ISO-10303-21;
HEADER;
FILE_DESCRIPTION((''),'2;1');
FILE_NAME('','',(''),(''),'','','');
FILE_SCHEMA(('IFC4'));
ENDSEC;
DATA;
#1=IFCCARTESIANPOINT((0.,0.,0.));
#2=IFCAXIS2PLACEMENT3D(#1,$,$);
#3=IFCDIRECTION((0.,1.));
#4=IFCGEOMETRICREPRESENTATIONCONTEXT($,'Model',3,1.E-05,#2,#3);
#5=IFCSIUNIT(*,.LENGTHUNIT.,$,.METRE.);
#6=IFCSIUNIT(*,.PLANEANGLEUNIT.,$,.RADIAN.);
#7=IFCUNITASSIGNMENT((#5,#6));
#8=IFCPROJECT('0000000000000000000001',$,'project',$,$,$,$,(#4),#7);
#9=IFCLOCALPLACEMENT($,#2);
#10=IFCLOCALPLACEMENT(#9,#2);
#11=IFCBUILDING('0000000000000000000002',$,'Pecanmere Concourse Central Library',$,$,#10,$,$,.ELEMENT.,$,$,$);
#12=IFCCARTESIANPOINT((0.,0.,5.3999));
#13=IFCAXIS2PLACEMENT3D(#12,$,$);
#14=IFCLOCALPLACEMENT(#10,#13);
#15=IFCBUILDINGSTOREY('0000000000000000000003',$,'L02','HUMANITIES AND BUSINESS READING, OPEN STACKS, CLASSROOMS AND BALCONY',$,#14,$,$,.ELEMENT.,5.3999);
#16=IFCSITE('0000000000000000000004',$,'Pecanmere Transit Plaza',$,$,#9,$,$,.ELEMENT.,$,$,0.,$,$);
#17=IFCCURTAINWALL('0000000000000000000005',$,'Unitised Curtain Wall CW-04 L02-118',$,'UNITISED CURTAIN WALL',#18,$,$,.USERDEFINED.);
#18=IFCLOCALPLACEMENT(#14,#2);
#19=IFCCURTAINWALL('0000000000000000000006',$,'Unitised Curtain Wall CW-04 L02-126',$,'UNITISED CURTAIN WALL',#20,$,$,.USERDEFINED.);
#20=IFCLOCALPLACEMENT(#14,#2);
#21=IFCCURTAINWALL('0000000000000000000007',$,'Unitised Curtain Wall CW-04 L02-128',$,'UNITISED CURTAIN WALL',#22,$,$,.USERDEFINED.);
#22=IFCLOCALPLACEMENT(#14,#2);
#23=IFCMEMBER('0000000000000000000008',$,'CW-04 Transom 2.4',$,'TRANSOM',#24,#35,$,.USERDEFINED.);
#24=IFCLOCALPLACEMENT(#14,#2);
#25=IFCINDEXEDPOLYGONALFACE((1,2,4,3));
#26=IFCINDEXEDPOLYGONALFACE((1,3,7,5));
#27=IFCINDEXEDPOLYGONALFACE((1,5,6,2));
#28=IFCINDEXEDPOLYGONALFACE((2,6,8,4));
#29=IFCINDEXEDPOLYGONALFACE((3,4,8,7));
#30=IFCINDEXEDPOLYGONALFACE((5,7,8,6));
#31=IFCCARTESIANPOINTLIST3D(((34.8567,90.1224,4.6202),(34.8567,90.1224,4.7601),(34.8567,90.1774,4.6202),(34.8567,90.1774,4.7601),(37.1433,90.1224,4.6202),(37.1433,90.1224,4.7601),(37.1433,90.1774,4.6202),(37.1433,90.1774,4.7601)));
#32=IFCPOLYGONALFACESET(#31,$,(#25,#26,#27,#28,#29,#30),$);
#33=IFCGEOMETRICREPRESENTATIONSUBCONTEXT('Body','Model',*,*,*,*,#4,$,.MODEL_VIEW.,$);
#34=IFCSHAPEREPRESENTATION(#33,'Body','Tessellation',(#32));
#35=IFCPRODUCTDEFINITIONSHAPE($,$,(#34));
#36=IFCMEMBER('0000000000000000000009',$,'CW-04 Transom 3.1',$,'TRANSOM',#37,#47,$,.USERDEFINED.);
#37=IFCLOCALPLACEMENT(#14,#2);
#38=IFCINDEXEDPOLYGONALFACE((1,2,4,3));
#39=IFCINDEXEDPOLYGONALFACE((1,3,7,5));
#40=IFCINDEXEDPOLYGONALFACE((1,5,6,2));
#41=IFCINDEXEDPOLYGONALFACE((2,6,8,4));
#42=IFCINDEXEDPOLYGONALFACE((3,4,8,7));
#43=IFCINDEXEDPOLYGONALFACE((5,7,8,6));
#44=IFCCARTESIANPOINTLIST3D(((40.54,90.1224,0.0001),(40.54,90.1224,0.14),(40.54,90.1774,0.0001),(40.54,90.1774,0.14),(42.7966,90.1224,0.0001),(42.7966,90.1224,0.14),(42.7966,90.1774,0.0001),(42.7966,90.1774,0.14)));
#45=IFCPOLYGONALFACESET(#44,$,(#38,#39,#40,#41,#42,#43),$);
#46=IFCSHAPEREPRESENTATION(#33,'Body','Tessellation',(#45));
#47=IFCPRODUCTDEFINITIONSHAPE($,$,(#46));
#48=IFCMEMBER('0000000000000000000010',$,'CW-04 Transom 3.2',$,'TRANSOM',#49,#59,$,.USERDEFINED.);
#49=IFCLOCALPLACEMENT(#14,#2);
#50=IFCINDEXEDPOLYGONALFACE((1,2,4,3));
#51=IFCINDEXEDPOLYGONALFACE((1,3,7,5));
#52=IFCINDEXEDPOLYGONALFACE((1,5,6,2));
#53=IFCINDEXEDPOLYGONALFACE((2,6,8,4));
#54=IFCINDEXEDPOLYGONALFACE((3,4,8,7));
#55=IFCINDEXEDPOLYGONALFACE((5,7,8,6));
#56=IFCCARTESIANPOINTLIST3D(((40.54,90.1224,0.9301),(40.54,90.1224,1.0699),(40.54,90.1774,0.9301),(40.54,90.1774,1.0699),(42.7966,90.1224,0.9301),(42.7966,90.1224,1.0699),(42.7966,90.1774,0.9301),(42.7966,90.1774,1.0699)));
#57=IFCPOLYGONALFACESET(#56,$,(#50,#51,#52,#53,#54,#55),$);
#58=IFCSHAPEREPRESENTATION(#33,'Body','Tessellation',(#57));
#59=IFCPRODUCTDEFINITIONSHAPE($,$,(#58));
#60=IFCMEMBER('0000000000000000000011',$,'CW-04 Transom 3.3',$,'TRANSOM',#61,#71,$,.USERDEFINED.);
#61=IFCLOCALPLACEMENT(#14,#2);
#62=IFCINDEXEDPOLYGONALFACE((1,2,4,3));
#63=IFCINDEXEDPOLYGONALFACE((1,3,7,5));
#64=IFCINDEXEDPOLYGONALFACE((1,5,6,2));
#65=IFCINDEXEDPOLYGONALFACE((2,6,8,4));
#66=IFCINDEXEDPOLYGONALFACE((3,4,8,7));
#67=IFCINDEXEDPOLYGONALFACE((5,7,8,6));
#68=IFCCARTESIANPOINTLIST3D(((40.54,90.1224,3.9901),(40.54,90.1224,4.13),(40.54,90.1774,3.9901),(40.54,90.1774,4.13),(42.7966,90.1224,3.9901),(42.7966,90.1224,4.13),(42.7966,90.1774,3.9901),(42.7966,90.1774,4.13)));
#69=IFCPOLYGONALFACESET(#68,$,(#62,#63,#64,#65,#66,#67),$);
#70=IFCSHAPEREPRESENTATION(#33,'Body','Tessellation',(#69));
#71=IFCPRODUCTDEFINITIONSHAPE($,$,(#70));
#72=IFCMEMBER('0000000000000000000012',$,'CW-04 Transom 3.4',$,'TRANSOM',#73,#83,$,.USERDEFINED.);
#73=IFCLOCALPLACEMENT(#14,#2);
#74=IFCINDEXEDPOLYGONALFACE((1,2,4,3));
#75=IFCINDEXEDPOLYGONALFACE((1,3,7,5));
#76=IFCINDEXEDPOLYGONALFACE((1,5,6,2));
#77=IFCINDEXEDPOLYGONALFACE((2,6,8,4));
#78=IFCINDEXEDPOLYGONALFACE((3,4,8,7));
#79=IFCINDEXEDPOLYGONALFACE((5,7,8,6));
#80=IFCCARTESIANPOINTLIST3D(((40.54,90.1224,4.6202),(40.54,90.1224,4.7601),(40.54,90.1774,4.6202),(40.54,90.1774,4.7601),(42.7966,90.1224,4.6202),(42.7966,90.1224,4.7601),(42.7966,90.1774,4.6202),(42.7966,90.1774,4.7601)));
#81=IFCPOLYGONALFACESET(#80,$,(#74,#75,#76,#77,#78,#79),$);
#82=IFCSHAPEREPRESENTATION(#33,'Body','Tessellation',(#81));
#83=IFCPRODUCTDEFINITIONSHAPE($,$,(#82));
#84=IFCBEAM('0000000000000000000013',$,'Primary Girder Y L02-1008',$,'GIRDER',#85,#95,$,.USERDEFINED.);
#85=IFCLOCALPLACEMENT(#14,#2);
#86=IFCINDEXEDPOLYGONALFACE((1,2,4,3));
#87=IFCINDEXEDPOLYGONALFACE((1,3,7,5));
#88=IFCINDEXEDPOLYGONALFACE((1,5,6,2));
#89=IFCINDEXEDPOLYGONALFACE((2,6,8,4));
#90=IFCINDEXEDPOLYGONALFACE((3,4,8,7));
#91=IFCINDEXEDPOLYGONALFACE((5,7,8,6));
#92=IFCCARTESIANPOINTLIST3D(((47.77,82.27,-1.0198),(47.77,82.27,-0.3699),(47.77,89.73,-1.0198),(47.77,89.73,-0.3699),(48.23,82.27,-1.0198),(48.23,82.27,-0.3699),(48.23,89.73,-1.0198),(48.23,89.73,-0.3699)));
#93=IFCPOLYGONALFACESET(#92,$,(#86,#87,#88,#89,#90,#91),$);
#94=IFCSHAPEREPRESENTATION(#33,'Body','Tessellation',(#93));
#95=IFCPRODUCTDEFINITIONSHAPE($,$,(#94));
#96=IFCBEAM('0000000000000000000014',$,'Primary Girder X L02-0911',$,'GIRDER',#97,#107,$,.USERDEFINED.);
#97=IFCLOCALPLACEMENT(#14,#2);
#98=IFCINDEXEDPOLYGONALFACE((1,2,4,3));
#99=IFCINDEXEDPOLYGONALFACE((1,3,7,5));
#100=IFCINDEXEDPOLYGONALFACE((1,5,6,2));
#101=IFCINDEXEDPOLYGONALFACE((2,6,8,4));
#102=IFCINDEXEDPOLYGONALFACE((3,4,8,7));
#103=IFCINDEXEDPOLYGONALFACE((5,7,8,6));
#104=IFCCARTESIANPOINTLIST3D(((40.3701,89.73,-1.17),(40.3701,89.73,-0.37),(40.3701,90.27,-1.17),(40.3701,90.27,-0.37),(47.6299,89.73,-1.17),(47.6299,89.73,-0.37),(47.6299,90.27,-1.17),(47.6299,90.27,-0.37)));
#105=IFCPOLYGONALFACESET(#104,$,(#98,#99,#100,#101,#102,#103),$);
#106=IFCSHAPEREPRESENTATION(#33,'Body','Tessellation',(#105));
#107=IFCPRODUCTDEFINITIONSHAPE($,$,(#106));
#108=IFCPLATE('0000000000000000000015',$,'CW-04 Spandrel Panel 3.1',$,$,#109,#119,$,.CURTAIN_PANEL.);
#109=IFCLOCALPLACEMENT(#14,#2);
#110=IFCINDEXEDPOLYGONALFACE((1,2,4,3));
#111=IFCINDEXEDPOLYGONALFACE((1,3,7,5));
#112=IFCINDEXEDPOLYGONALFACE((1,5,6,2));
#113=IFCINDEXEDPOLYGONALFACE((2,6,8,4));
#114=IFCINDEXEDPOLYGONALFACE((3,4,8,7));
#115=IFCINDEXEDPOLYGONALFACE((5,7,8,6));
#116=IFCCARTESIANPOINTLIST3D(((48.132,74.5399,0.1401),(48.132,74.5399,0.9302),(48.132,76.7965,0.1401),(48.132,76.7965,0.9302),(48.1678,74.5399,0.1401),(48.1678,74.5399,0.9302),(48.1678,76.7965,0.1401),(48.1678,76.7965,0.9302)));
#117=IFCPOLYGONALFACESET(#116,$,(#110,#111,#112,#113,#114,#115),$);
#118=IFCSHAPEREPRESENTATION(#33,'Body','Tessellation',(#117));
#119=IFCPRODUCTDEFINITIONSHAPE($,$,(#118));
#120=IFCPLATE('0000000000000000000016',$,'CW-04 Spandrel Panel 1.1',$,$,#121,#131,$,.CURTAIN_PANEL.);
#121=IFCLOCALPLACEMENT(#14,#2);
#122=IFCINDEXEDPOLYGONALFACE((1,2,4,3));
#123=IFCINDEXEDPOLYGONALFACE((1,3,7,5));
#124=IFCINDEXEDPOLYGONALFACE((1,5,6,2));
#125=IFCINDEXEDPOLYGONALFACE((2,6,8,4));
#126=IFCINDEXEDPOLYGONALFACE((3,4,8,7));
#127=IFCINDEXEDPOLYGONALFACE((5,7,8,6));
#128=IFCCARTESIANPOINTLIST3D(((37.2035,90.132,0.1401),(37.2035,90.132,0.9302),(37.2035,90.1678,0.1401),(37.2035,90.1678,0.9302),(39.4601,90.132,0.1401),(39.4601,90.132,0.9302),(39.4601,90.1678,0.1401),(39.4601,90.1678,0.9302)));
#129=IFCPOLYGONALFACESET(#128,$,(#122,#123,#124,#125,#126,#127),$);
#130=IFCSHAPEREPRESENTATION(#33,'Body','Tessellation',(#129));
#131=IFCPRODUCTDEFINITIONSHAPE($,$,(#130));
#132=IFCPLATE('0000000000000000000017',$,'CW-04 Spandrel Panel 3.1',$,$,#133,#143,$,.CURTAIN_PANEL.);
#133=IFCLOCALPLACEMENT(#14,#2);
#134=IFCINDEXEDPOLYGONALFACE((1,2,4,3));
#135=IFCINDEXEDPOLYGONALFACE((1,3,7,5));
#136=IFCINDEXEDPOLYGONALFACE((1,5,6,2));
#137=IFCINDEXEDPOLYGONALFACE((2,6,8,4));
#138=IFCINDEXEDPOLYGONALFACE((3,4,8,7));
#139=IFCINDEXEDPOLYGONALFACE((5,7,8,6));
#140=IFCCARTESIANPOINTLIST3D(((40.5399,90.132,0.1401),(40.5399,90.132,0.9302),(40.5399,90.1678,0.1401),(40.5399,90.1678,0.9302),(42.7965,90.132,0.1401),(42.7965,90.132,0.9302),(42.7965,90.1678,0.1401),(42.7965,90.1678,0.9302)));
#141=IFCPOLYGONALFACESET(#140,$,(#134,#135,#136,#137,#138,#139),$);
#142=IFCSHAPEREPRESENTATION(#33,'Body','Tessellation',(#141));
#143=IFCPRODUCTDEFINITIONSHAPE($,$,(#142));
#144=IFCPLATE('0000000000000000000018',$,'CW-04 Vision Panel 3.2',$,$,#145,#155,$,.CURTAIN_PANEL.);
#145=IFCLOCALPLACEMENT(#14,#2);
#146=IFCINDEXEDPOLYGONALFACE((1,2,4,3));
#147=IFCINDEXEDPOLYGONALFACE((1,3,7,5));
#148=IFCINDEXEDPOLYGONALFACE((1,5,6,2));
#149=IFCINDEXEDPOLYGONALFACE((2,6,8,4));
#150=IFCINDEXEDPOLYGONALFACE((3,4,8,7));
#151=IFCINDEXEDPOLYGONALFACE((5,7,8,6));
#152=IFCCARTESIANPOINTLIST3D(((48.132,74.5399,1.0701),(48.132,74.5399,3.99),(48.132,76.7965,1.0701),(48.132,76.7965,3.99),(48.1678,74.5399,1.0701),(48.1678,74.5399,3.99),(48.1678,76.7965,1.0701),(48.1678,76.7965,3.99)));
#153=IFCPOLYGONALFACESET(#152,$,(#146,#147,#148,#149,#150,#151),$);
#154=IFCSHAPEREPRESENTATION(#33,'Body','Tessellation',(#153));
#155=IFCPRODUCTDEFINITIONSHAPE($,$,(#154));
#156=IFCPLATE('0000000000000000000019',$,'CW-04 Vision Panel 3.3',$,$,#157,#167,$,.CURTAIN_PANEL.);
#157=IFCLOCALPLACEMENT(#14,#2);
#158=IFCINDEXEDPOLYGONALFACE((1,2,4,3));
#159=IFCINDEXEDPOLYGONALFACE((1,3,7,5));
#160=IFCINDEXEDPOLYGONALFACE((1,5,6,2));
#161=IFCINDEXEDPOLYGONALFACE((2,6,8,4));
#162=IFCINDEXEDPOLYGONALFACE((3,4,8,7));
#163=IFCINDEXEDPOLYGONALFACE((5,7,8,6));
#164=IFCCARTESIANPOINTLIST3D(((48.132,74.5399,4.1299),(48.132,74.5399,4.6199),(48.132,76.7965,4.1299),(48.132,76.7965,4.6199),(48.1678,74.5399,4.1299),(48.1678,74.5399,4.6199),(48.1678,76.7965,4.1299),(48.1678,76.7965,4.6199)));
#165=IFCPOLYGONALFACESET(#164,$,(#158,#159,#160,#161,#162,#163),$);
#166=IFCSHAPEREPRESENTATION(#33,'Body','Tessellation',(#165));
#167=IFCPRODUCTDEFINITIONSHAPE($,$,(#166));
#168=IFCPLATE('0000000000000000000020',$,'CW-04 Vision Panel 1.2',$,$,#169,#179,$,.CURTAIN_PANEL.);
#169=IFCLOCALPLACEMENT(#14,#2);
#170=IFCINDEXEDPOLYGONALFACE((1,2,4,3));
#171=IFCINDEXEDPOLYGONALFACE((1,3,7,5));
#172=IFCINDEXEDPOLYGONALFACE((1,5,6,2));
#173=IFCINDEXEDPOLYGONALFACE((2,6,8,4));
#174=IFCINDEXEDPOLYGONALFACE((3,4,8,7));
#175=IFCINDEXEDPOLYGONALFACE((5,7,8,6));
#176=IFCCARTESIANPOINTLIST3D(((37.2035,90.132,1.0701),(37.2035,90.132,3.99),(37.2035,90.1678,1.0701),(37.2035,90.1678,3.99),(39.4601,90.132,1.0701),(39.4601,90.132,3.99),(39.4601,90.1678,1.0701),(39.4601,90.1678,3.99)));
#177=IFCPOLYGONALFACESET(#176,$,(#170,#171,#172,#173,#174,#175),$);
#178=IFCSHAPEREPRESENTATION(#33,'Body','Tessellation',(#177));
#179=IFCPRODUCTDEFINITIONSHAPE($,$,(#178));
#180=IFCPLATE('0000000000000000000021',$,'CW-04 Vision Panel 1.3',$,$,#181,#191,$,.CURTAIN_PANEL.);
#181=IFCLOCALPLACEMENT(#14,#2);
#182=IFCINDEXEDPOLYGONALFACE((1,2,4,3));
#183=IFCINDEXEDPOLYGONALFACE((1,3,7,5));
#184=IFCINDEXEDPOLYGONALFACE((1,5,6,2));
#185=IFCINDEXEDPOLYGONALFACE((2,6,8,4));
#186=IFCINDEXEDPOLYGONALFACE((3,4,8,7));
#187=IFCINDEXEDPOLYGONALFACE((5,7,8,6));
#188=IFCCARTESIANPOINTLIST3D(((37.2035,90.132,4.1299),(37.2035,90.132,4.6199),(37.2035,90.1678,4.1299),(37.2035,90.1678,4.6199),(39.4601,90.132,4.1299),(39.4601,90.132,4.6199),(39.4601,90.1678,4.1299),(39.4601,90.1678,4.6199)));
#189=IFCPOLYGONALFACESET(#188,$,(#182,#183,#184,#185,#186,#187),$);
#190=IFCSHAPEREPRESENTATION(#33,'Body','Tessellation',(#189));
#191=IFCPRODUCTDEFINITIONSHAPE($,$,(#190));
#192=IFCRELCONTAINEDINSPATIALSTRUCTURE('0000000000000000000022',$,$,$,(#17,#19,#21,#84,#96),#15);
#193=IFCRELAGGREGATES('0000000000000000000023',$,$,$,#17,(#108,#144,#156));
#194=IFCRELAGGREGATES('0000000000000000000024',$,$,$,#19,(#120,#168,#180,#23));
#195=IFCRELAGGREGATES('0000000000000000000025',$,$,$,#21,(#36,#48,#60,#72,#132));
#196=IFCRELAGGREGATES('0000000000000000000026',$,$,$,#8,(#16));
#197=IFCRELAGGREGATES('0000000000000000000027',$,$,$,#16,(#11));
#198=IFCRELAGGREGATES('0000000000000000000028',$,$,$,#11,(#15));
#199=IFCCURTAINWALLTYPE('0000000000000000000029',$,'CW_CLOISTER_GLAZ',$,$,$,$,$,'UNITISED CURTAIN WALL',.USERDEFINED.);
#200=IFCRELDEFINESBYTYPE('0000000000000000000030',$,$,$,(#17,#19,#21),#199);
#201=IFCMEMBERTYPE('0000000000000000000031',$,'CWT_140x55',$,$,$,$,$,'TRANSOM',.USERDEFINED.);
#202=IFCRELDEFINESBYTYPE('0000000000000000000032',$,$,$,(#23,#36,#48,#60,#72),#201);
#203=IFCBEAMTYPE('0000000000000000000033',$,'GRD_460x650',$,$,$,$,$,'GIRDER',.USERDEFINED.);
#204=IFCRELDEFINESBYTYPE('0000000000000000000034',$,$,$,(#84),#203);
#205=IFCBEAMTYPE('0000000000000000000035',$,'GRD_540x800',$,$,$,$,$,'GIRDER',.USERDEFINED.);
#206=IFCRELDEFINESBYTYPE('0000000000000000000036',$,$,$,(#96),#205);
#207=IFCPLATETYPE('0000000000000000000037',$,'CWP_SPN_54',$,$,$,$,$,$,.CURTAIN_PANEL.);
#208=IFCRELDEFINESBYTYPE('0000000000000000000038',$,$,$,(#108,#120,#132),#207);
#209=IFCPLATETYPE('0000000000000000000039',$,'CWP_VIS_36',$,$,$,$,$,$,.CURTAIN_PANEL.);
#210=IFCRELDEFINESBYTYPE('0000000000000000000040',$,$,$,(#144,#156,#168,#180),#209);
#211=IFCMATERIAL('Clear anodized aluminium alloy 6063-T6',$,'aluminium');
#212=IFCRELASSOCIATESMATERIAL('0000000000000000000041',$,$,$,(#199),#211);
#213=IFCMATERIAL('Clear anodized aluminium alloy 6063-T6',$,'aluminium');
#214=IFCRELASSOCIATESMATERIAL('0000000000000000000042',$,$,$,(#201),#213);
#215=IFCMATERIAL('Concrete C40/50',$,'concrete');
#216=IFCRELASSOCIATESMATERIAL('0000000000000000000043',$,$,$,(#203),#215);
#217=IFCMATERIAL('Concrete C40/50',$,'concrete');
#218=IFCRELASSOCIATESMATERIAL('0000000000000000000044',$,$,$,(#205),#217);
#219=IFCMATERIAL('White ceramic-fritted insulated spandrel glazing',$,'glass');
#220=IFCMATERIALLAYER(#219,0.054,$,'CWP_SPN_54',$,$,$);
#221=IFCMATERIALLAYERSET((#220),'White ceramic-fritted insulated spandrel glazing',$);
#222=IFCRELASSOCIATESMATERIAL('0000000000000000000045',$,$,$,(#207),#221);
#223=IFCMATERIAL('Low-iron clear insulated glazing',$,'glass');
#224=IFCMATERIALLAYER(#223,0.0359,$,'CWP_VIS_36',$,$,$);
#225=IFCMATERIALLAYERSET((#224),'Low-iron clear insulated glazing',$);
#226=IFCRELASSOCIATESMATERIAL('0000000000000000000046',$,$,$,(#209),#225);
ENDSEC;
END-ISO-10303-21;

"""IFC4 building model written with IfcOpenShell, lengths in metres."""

from ifc_helpers import new_model, si_unit, direction, frame, origin, origin_2d, place, context, subcontext, project, spatial, rectangle, extrude, material, layer, layer_set, material_profile, profile_set, type_object, element, aggregate, save


model = new_model("IFC4")

# Units and contexts
model_context = context("Model", 3, precision=1e-05, world=origin(), true_north=direction((0.0, 1.0)))
body_context = subcontext(model_context, "Body", "Model", "MODEL_VIEW")
ifc_project = project(units=[si_unit("LENGTHUNIT", "METRE"), si_unit("PLANEANGLEUNIT", "RADIAN")], contexts=[model_context])

# Site, building, storey
site_placement = place(None, origin())
site = spatial("IfcSite", under=ifc_project, at=site_placement, Name="Pecanmere Transit Plaza", CompositionType="ELEMENT", RefElevation=0.0)
building_placement = place(site_placement, origin())
building = spatial("IfcBuilding", under=site, at=building_placement, Name="Pecanmere Concourse Central Library", CompositionType="ELEMENT")
storey_placement = place(building_placement, frame((0.0, 0.0, 5.3999)))
storey = spatial("IfcBuildingStorey", under=building, at=storey_placement, Name="L02", Description="HUMANITIES AND BUSINESS READING, OPEN STACKS, CLASSROOMS AND BALCONY", CompositionType="ELEMENT", Elevation=5.3999)

# Curtain wall
ifc_material_1 = material(Name="Clear anodized aluminium alloy 6063-T6", Category="aluminium")
curtain_wall_type = type_object("IfcCurtainWallType", Name="CW_CLOISTER_GLAZ", ElementType="UNITISED CURTAIN WALL", PredefinedType="USERDEFINED", material=ifc_material_1)
curtain_wall_1_placement = place(storey_placement, origin())
curtain_wall_1 = element("IfcCurtainWall", 1, at=curtain_wall_1_placement, inside=storey, type_object=curtain_wall_type, Name="Unitised Curtain Wall CW-04 L02-118", ObjectType="UNITISED CURTAIN WALL", PredefinedType="USERDEFINED")

# Curtain walls
curtain_wall_2_placement = place(storey_placement, origin())
curtain_wall_2 = element("IfcCurtainWall", 2, at=curtain_wall_2_placement, inside=storey, type_object=curtain_wall_type, Name="Unitised Curtain Wall CW-04 L02-126", ObjectType="UNITISED CURTAIN WALL", PredefinedType="USERDEFINED")
curtain_wall_3_placement = place(storey_placement, origin())
curtain_wall_3 = element("IfcCurtainWall", 3, at=curtain_wall_3_placement, inside=storey, type_object=curtain_wall_type, Name="Unitised Curtain Wall CW-04 L02-128", ObjectType="UNITISED CURTAIN WALL", PredefinedType="USERDEFINED")

# Members
ifc_material_2 = material(Name="Clear anodized aluminium alloy 6063-T6", Category="aluminium")
ifc_material_profile_1 = material_profile(ifc_material_2, rectangle(XDim=0.0549, YDim=0.1399, at=origin_2d()), Name="AL 55x140")
ifc_profile_set_1 = profile_set([ifc_material_profile_1], Name="Clear anodized aluminium alloy 6063-T6")
member_type_1 = type_object("IfcMemberType", Name="CWT_140x55", ElementType="TRANSOM", PredefinedType="USERDEFINED", material=ifc_profile_set_1)
member_1_placement = place(storey_placement, frame((37.1433, 90.1499, 4.6902), z_axis=(-1.0, 0.0, 0.0), x_axis=(0.0, -1.0, 0.0)))
member_1 = element("IfcMember", 4, at=member_1_placement, type_object=member_type_1, Name="CW-04 Transom 2.4", ObjectType="TRANSOM", PredefinedType="USERDEFINED", context=body_context, shape_type="SweptSolid", body=[
    extrude(rectangle(XDim=0.0549, YDim=0.1399, at=origin_2d()), origin(), (0.0, 0.0, 1.0), 2.2866),
])
member_2_placement = place(storey_placement, frame((42.7966, 90.1499, 0.0701), z_axis=(-1.0, 0.0, 0.0), x_axis=(0.0, -1.0, 0.0)))
member_2 = element("IfcMember", 5, at=member_2_placement, type_object=member_type_1, Name="CW-04 Transom 3.1", ObjectType="TRANSOM", PredefinedType="USERDEFINED", context=body_context, shape_type="SweptSolid", body=[
    extrude(rectangle(XDim=0.0549, YDim=0.1399, at=origin_2d()), origin(), (0.0, 0.0, 1.0), 2.2566),
])
member_3_placement = place(storey_placement, frame((42.7966, 90.1499, 1.0), z_axis=(-1.0, 0.0, 0.0), x_axis=(0.0, -1.0, 0.0)))
member_3 = element("IfcMember", 6, at=member_3_placement, type_object=member_type_1, Name="CW-04 Transom 3.2", ObjectType="TRANSOM", PredefinedType="USERDEFINED", context=body_context, shape_type="SweptSolid", body=[
    extrude(rectangle(XDim=0.0549, YDim=0.1399, at=origin_2d()), origin(), (0.0, 0.0, 1.0), 2.2566),
])
member_4_placement = place(storey_placement, frame((42.7966, 90.1499, 4.0601), z_axis=(-1.0, 0.0, 0.0), x_axis=(0.0, -1.0, 0.0)))
member_4 = element("IfcMember", 7, at=member_4_placement, type_object=member_type_1, Name="CW-04 Transom 3.3", ObjectType="TRANSOM", PredefinedType="USERDEFINED", context=body_context, shape_type="SweptSolid", body=[
    extrude(rectangle(XDim=0.0549, YDim=0.1399, at=origin_2d()), origin(), (0.0, 0.0, 1.0), 2.2566),
])
member_5_placement = place(storey_placement, frame((42.7966, 90.1499, 4.6902), z_axis=(-1.0, 0.0, 0.0), x_axis=(0.0, -1.0, 0.0)))
member_5 = element("IfcMember", 8, at=member_5_placement, type_object=member_type_1, Name="CW-04 Transom 3.4", ObjectType="TRANSOM", PredefinedType="USERDEFINED", context=body_context, shape_type="SweptSolid", body=[
    extrude(rectangle(XDim=0.0549, YDim=0.1399, at=origin_2d()), origin(), (0.0, 0.0, 1.0), 2.2566),
])

# Beams
ifc_material_3 = material(Name="Concrete C40/50", Category="concrete")
ifc_material_profile_2 = material_profile(ifc_material_3, rectangle(XDim=0.46, YDim=0.6499, at=origin_2d()), Name="RC 460x650")
ifc_profile_set_2 = profile_set([ifc_material_profile_2], Name="Concrete C40/50")
beam_type_1 = type_object("IfcBeamType", Name="GRD_460x650", ElementType="GIRDER", PredefinedType="USERDEFINED", material=ifc_profile_set_2)
beam_1_placement = place(storey_placement, frame((48.0, 82.27, -0.6948), z_axis=(0.0, 1.0, 0.0), x_axis=(-1.0, 0.0, 0.0)))
element("IfcBeam", 9, at=beam_1_placement, inside=storey, type_object=beam_type_1, Name="Primary Girder Y L02-1008", ObjectType="GIRDER", PredefinedType="USERDEFINED", context=body_context, shape_type="SweptSolid", body=[
    extrude(rectangle(XDim=0.46, YDim=0.6499, at=origin_2d()), origin(), (0.0, 0.0, 1.0), 7.46),
])
ifc_material_4 = material(Name="Concrete C40/50", Category="concrete")
ifc_material_profile_3 = material_profile(ifc_material_4, rectangle(XDim=0.54, YDim=0.8, at=origin_2d()), Name="RC 540x800")
ifc_profile_set_3 = profile_set([ifc_material_profile_3], Name="Concrete C40/50")
beam_type_2 = type_object("IfcBeamType", Name="GRD_540x800", ElementType="GIRDER", PredefinedType="USERDEFINED", material=ifc_profile_set_3)
beam_2_placement = place(storey_placement, frame((40.3701, 90.0, -0.77), z_axis=(1.0, 0.0, 0.0), x_axis=(0.0, 1.0, 0.0)))
element("IfcBeam", 10, at=beam_2_placement, inside=storey, type_object=beam_type_2, Name="Primary Girder X L02-0911", ObjectType="GIRDER", PredefinedType="USERDEFINED", context=body_context, shape_type="SweptSolid", body=[
    extrude(rectangle(XDim=0.54, YDim=0.8, at=origin_2d()), origin(), (0.0, 0.0, 1.0), 7.2598),
])

# Plates
ifc_material_5 = material(Name="White ceramic-fritted insulated spandrel glazing", Category="glass")
ifc_layer_1 = layer(ifc_material_5, 0.054, Name="CWP_SPN_54")
ifc_layer_set_1 = layer_set([ifc_layer_1], Name="White ceramic-fritted insulated spandrel glazing")
plate_type_1 = type_object("IfcPlateType", Name="CWP_SPN_54", PredefinedType="CURTAIN_PANEL", material=ifc_layer_set_1)
plate_1_placement = place(storey_placement, frame((48.1499, 75.6682, 0.1401), z_axis=(0.0, 0.0, 1.0), x_axis=(0.0, -1.0, 0.0)))
plate_1 = element("IfcPlate", 11, at=plate_1_placement, type_object=plate_type_1, Name="CW-04 Spandrel Panel 3.1", PredefinedType="CURTAIN_PANEL", context=body_context, shape_type="SweptSolid", body=[
    extrude(rectangle(XDim=2.2566, YDim=0.0359, at=origin_2d()), origin(), (0.0, 0.0, 1.0), 0.79),
])
plate_2_placement = place(storey_placement, frame((38.3318, 90.1499, 0.1401), z_axis=(0.0, 0.0, 1.0), x_axis=(-1.0, 0.0, 0.0)))
plate_2 = element("IfcPlate", 12, at=plate_2_placement, type_object=plate_type_1, Name="CW-04 Spandrel Panel 1.1", PredefinedType="CURTAIN_PANEL", context=body_context, shape_type="SweptSolid", body=[
    extrude(rectangle(XDim=2.2566, YDim=0.0359, at=origin_2d()), origin(), (0.0, 0.0, 1.0), 0.79),
])
plate_3_placement = place(storey_placement, frame((41.6682, 90.1499, 0.1401), z_axis=(0.0, 0.0, 1.0), x_axis=(-1.0, 0.0, 0.0)))
plate_3 = element("IfcPlate", 13, at=plate_3_placement, type_object=plate_type_1, Name="CW-04 Spandrel Panel 3.1", PredefinedType="CURTAIN_PANEL", context=body_context, shape_type="SweptSolid", body=[
    extrude(rectangle(XDim=2.2566, YDim=0.0359, at=origin_2d()), origin(), (0.0, 0.0, 1.0), 0.79),
])
ifc_material_6 = material(Name="Low-iron clear insulated glazing", Category="glass")
ifc_layer_2 = layer(ifc_material_6, 0.0359, Name="CWP_VIS_36")
ifc_layer_set_2 = layer_set([ifc_layer_2], Name="Low-iron clear insulated glazing")
plate_type_2 = type_object("IfcPlateType", Name="CWP_VIS_36", PredefinedType="CURTAIN_PANEL", material=ifc_layer_set_2)
plate_4_placement = place(storey_placement, frame((48.1499, 75.6682, 1.0701), z_axis=(0.0, 0.0, 1.0), x_axis=(0.0, -1.0, 0.0)))
plate_4 = element("IfcPlate", 14, at=plate_4_placement, type_object=plate_type_2, Name="CW-04 Vision Panel 3.2", PredefinedType="CURTAIN_PANEL", context=body_context, shape_type="SweptSolid", body=[
    extrude(rectangle(XDim=2.2566, YDim=0.0359, at=origin_2d()), origin(), (0.0, 0.0, 1.0), 2.9199),
])
plate_5_placement = place(storey_placement, frame((48.1499, 75.6682, 4.1299), z_axis=(0.0, 0.0, 1.0), x_axis=(0.0, -1.0, 0.0)))
plate_5 = element("IfcPlate", 15, at=plate_5_placement, type_object=plate_type_2, Name="CW-04 Vision Panel 3.3", PredefinedType="CURTAIN_PANEL", context=body_context, shape_type="SweptSolid", body=[
    extrude(rectangle(XDim=2.2566, YDim=0.0359, at=origin_2d()), origin(), (0.0, 0.0, 1.0), 0.49),
])
aggregate(curtain_wall_1, [plate_1, plate_4, plate_5])
plate_6_placement = place(storey_placement, frame((38.3318, 90.1499, 1.0701), z_axis=(0.0, 0.0, 1.0), x_axis=(-1.0, 0.0, 0.0)))
plate_6 = element("IfcPlate", 16, at=plate_6_placement, type_object=plate_type_2, Name="CW-04 Vision Panel 1.2", PredefinedType="CURTAIN_PANEL", context=body_context, shape_type="SweptSolid", body=[
    extrude(rectangle(XDim=2.2566, YDim=0.0359, at=origin_2d()), origin(), (0.0, 0.0, 1.0), 2.9199),
])
plate_7_placement = place(storey_placement, frame((38.3318, 90.1499, 4.1299), z_axis=(0.0, 0.0, 1.0), x_axis=(-1.0, 0.0, 0.0)))
plate_7 = element("IfcPlate", 17, at=plate_7_placement, type_object=plate_type_2, Name="CW-04 Vision Panel 1.3", PredefinedType="CURTAIN_PANEL", context=body_context, shape_type="SweptSolid", body=[
    extrude(rectangle(XDim=2.2566, YDim=0.0359, at=origin_2d()), origin(), (0.0, 0.0, 1.0), 0.49),
])
aggregate(curtain_wall_2, [plate_2, plate_6, plate_7, member_1])
aggregate(curtain_wall_3, [member_2, member_3, member_4, member_5, plate_3])

save(model, "model.ifc")
